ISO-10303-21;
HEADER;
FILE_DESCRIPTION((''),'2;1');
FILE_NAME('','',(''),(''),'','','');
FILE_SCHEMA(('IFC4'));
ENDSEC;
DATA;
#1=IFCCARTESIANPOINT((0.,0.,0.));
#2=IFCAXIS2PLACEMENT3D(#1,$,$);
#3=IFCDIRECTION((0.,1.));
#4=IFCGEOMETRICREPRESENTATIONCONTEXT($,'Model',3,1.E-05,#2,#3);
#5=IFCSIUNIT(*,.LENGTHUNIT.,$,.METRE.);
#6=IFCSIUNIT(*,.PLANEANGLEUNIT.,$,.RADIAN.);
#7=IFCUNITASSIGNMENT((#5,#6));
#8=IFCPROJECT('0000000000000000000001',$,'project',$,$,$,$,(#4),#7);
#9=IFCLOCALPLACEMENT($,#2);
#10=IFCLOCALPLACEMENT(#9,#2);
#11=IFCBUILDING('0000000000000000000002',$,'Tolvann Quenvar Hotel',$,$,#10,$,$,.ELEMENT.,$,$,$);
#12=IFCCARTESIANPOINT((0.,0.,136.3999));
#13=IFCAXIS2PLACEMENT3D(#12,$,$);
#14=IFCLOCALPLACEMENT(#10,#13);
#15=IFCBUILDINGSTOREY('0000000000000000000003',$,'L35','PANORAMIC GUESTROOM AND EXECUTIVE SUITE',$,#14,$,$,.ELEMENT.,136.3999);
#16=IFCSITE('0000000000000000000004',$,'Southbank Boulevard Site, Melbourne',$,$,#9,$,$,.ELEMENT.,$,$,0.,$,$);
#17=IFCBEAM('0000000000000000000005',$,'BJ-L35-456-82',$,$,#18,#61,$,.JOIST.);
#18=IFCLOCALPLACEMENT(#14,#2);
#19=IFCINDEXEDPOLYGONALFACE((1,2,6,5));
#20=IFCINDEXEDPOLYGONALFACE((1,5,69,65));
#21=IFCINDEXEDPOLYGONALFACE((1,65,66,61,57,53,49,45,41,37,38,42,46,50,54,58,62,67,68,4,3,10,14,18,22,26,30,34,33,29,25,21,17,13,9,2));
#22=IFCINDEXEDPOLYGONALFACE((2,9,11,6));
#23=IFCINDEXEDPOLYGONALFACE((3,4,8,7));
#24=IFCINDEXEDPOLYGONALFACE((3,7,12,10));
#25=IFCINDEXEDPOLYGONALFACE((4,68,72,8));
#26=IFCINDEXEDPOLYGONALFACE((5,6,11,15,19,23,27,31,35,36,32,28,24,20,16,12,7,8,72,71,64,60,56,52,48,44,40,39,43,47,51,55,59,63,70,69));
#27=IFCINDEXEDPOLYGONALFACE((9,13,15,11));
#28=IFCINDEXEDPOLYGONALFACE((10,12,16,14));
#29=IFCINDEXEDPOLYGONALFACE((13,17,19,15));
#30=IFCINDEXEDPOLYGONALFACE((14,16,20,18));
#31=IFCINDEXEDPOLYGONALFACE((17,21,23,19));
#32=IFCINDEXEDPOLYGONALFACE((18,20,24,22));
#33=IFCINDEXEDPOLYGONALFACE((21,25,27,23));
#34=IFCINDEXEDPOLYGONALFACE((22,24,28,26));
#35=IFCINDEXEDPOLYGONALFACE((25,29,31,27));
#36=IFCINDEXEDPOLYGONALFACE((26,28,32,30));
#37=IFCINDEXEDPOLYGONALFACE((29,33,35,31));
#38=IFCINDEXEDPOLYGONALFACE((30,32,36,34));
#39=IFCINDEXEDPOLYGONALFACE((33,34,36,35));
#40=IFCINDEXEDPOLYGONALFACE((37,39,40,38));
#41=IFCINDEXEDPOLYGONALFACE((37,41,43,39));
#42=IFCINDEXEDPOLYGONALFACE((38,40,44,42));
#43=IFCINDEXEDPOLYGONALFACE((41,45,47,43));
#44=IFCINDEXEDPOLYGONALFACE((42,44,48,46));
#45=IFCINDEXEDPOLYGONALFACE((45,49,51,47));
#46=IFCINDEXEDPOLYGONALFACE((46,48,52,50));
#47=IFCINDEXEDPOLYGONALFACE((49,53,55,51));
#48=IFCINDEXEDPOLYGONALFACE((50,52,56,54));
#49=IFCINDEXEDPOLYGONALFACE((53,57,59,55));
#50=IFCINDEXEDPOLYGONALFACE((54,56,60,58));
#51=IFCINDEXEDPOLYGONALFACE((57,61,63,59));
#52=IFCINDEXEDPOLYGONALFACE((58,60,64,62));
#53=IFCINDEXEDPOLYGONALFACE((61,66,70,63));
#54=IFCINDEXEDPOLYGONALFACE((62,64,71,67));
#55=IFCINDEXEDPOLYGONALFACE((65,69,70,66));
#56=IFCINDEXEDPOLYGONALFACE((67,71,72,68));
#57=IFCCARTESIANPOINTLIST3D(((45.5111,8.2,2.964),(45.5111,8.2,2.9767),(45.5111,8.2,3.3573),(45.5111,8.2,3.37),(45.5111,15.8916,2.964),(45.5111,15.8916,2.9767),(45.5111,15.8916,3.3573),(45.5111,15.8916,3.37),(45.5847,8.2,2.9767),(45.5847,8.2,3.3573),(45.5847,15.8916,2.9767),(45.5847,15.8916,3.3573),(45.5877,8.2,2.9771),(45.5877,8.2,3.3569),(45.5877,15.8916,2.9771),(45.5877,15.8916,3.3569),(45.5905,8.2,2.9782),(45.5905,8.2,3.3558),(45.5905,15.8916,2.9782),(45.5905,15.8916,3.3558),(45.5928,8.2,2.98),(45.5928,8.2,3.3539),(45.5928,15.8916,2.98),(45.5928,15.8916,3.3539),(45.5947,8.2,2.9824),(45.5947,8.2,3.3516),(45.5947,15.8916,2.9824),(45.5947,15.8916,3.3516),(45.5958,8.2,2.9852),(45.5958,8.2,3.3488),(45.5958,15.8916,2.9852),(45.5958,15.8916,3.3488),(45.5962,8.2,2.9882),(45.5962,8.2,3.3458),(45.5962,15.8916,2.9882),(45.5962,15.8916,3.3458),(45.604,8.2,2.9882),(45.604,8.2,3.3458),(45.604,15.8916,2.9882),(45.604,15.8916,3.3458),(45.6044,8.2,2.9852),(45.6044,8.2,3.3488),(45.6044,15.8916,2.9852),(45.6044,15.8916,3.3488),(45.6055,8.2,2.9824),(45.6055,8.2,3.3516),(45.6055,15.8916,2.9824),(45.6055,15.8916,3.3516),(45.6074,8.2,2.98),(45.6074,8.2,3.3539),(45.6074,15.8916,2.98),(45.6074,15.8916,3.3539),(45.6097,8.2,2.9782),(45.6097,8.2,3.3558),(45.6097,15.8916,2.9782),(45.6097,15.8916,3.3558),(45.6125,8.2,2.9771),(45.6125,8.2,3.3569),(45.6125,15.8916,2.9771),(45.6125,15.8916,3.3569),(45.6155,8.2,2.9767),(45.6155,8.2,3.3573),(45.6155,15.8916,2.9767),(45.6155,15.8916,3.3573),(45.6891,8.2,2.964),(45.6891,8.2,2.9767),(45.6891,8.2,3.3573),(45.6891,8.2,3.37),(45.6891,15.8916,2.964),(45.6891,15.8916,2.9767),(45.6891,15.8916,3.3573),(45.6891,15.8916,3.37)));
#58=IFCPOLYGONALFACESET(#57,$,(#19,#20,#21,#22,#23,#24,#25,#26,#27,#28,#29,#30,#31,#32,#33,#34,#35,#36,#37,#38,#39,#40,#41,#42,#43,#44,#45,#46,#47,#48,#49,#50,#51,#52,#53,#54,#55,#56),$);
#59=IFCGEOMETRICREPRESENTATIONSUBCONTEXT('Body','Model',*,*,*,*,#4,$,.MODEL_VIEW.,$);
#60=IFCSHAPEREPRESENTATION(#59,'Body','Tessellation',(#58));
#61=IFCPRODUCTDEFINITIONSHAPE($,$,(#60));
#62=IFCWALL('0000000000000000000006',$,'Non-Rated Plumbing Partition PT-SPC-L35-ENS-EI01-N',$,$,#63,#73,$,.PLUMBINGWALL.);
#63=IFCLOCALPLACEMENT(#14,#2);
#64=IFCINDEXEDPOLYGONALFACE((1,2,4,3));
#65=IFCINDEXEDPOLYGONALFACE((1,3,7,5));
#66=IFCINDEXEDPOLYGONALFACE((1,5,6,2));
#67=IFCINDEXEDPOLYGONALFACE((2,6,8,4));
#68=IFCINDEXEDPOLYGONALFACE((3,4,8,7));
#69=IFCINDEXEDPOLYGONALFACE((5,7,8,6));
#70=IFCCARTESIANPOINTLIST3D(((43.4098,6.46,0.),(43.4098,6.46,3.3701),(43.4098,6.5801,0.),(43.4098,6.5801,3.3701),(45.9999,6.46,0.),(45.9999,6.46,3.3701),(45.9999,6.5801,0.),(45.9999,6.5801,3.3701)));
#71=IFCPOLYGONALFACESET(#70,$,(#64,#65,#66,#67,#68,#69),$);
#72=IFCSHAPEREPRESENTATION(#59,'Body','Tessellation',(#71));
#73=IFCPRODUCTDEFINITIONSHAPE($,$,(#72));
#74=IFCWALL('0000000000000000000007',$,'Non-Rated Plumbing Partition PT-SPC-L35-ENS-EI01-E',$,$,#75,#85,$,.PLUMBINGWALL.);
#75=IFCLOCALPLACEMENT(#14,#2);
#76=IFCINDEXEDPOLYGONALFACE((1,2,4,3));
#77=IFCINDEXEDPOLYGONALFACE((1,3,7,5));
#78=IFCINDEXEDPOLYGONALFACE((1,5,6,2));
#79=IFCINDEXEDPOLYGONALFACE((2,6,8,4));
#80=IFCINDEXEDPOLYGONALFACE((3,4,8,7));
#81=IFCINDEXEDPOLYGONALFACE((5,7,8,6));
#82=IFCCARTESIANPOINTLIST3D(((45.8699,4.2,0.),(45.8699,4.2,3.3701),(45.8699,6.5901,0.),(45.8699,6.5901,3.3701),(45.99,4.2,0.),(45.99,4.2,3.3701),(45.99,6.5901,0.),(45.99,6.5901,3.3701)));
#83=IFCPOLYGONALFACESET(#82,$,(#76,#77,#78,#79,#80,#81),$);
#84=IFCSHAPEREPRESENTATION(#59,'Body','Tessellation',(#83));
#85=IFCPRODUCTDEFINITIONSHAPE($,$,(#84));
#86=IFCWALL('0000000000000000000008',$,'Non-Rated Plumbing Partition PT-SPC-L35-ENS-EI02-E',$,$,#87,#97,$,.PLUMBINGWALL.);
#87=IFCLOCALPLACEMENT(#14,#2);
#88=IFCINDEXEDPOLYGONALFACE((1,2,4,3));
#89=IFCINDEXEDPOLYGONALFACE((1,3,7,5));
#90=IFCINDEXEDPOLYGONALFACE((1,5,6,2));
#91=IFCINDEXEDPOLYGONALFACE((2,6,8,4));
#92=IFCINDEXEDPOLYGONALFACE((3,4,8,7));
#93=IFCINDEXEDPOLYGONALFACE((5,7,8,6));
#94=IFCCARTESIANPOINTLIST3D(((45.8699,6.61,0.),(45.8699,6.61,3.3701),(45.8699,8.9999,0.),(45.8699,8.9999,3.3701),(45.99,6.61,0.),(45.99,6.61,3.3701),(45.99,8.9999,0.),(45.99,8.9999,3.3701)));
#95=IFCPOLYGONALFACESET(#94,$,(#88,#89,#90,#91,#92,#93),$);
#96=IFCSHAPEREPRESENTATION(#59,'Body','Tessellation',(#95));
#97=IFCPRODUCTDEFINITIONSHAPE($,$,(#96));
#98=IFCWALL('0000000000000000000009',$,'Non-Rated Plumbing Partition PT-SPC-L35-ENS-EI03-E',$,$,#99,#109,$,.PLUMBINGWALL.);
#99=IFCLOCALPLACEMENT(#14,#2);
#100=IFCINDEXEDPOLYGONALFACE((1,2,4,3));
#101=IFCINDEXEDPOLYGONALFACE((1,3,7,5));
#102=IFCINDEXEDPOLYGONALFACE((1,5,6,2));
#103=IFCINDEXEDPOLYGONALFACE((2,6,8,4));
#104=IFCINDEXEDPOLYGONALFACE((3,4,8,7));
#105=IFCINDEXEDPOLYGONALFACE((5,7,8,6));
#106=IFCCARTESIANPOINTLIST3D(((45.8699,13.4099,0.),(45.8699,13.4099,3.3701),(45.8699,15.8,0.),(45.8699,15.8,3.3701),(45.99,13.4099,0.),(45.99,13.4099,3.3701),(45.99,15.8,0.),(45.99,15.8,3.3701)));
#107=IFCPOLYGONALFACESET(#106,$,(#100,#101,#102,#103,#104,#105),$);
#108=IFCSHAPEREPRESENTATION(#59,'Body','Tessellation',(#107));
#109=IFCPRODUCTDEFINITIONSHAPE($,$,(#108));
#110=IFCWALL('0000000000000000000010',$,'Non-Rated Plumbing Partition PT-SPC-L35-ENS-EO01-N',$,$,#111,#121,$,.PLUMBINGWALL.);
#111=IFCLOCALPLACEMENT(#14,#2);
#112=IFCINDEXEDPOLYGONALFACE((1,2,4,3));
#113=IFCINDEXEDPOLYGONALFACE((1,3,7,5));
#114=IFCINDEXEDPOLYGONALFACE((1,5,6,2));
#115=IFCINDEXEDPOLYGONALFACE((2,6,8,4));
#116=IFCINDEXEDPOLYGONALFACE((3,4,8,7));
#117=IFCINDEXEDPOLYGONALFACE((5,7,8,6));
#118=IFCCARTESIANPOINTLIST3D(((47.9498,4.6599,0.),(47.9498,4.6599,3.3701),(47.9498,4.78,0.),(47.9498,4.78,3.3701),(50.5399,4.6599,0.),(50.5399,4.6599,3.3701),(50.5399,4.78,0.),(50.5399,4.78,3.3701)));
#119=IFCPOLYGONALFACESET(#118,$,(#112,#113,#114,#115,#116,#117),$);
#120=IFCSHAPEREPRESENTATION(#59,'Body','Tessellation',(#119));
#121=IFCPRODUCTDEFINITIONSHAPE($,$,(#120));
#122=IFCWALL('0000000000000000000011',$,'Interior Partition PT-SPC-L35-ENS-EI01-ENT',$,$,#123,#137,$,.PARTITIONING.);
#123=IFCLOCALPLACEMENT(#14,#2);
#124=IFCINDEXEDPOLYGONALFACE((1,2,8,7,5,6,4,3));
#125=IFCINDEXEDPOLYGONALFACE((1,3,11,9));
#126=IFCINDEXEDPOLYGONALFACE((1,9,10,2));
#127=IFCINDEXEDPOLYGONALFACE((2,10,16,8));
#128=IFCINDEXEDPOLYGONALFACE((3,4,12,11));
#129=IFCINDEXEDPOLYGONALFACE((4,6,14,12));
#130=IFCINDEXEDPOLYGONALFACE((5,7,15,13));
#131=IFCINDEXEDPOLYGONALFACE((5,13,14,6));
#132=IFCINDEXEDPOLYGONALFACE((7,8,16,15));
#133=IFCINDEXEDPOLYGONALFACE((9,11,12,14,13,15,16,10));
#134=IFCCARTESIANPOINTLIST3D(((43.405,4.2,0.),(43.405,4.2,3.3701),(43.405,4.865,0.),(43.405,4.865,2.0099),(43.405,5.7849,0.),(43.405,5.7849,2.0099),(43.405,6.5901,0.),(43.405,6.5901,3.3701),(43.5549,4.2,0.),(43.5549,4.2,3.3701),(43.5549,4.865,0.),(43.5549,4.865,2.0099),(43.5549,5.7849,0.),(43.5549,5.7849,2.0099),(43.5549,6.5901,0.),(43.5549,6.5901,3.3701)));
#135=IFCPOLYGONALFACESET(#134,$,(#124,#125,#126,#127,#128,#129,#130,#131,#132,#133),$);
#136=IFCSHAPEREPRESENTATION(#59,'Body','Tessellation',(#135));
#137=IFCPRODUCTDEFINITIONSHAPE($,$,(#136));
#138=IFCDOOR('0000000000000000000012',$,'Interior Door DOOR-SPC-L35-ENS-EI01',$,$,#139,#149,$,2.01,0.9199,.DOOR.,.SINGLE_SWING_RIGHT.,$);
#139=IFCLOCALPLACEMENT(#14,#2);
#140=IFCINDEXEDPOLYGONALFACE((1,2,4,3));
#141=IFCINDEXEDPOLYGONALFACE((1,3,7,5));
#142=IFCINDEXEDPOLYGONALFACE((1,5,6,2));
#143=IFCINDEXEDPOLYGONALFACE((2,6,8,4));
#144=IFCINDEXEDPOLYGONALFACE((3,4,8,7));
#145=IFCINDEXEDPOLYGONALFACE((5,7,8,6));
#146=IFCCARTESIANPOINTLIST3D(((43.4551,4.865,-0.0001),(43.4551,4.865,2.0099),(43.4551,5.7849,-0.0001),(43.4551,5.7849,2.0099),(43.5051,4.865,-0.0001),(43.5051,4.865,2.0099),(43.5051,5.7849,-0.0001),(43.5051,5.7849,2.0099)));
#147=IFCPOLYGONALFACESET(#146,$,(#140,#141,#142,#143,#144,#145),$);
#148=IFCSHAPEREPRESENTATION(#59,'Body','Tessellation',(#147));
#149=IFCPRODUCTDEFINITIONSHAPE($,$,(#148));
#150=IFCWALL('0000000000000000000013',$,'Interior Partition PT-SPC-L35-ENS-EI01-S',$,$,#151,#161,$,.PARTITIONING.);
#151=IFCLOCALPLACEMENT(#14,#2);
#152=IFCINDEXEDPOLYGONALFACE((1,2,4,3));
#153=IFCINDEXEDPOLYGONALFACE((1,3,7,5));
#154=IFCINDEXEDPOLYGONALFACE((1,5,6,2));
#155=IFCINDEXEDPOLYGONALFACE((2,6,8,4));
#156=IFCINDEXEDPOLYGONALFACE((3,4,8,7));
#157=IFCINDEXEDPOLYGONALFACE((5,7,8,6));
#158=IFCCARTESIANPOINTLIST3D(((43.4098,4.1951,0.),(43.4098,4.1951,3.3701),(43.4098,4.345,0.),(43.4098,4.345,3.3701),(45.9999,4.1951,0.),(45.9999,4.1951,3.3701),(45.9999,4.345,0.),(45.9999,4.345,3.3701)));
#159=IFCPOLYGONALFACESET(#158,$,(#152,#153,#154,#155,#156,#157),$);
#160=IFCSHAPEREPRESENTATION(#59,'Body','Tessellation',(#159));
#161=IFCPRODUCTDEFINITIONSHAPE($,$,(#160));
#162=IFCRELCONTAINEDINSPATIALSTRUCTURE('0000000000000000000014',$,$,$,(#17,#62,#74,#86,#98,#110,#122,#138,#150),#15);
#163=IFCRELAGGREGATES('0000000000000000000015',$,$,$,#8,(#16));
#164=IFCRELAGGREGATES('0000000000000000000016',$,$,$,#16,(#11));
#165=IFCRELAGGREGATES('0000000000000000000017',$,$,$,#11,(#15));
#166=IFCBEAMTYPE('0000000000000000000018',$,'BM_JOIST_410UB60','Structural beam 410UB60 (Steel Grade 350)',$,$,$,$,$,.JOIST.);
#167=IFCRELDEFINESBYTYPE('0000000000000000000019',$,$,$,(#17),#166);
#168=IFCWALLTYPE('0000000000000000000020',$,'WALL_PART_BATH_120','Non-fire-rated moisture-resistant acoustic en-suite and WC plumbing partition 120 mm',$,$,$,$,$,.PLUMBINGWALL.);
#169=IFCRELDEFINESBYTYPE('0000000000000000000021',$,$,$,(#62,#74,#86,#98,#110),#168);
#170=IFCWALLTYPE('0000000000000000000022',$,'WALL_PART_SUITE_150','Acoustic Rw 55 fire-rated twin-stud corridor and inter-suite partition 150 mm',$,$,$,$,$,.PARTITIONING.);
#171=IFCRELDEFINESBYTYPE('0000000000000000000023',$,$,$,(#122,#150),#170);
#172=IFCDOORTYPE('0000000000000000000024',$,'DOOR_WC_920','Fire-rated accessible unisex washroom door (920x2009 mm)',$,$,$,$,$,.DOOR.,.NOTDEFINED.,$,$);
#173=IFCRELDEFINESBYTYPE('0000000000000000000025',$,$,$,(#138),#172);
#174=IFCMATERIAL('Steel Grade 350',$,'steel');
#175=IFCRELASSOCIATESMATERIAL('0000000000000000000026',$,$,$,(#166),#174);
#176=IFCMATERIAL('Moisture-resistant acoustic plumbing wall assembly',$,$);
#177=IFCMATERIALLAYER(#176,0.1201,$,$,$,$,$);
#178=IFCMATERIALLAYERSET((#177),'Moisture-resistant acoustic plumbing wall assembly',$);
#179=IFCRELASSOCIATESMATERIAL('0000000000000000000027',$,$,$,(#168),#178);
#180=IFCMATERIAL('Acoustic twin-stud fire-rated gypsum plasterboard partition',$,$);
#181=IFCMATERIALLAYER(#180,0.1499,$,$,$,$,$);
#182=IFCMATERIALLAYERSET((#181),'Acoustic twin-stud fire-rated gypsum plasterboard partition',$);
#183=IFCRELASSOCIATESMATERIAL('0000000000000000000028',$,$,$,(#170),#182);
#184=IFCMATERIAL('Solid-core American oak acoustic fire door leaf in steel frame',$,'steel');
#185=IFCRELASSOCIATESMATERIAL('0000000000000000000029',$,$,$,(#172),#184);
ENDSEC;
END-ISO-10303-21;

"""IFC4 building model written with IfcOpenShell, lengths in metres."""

from ifc_helpers import new_model, si_unit, direction, frame, frame_2d, origin, origin_2d, place, context, subcontext, project, spatial, rectangle, i_section, extrude, source, transform, mapped, material, layer, layer_set, material_profile, profile_set, type_object, type_shapes, element, fill, save


model = new_model("IFC4")

# Units and contexts
model_context = context("Model", 3, precision=1e-05, world=origin(), true_north=direction((0.0, 1.0)))
body_context = subcontext(model_context, "Body", "Model", "MODEL_VIEW")
ifc_project = project(units=[si_unit("LENGTHUNIT", "METRE"), si_unit("PLANEANGLEUNIT", "RADIAN")], contexts=[model_context])

# Site, building, storey
site_placement = place(None, origin())
site = spatial("IfcSite", under=ifc_project, at=site_placement, Name="Southbank Boulevard Site, Melbourne", CompositionType="ELEMENT", RefElevation=0.0)
building_placement = place(site_placement, origin())
building = spatial("IfcBuilding", under=site, at=building_placement, Name="Tolvann Quenvar Hotel", CompositionType="ELEMENT")
storey_placement = place(building_placement, frame((0.0, 0.0, 136.3999)))
storey = spatial("IfcBuildingStorey", under=building, at=storey_placement, Name="L35", Description="PANORAMIC GUESTROOM AND EXECUTIVE SUITE", CompositionType="ELEMENT", Elevation=136.3999)

# Shared definitions
ifc_material_1 = material(Name="Steel Grade 350", Category="steel")

# Beam
ifc_material_profile_1 = material_profile(ifc_material_1, i_section(OverallWidth=0.178, OverallDepth=0.406, WebThickness=0.0078, FlangeThickness=0.0127, FilletRadius=0.0115, at=origin_2d()), Name="410UB60")
ifc_profile_set_1 = profile_set([ifc_material_profile_1], Name="Steel Grade 350")
beam_type_1 = type_object("IfcBeamType", Name="BM_JOIST_410UB60", Description="Structural beam 410UB60 (Steel Grade 350)", PredefinedType="JOIST", material=ifc_profile_set_1)
shared_shape_1 = source(origin(), body_context, "Body", "SweptSolid", [
    extrude(i_section(OverallWidth=0.178, OverallDepth=0.406, WebThickness=0.0078, FlangeThickness=0.0127, FilletRadius=0.0115, at=origin_2d()), origin(), (0.0, 0.0, 1.0), 7.6917),
])
type_shapes(beam_type_1, [shared_shape_1])
beam_1_placement = place(storey_placement, frame((45.6001, 8.2, 3.167), z_axis=(0.0, 1.0, 0.0), x_axis=(-1.0, 0.0, 0.0)))
element("IfcBeam", 1, at=beam_1_placement, inside=storey, type_object=beam_type_1, Name="BJ-L35-456-82", PredefinedType="JOIST", context=body_context, shape_type="MappedRepresentation", body=[
    mapped(shared_shape_1, transform((0.0, 0.0, 0.0), x_axis=(1.0, 0.0, 0.0), y_axis=(0.0, 1.0, 0.0), z_axis=(0.0, 0.0, 1.0), scale=1.0)),
])

# Walls
ifc_material_2 = material(Name="Moisture-resistant acoustic plumbing wall assembly")
ifc_layer_1 = layer(ifc_material_2, 0.1201)
ifc_layer_set_1 = layer_set([ifc_layer_1], Name="Moisture-resistant acoustic plumbing wall assembly")
wall_type_1 = type_object("IfcWallType", Name="WALL_PART_BATH_120", Description="Non-fire-rated moisture-resistant acoustic en-suite and WC plumbing partition 120 mm", PredefinedType="PLUMBINGWALL", material=ifc_layer_set_1)
wall_1_placement = place(storey_placement, frame((43.4099, 6.52, 0.0), z_axis=(0.0, 0.0, 1.0), x_axis=(1.0, 0.0, 0.0)))
element("IfcWall", 2, at=wall_1_placement, inside=storey, type_object=wall_type_1, Name="Non-Rated Plumbing Partition PT-SPC-L35-ENS-EI01-N", PredefinedType="PLUMBINGWALL", context=body_context, shape_type="SweptSolid", body=[
    extrude(rectangle(XDim=2.5901, YDim=0.1201, at=frame_2d((1.2949, 0.0))), origin(), (0.0, 0.0, 1.0), 3.3701),
])
wall_2_placement = place(storey_placement, frame((45.9299, 4.2, 0.0), z_axis=(0.0, 0.0, 1.0), x_axis=(0.0, 1.0, 0.0)))
element("IfcWall", 3, at=wall_2_placement, inside=storey, type_object=wall_type_1, Name="Non-Rated Plumbing Partition PT-SPC-L35-ENS-EI01-E", PredefinedType="PLUMBINGWALL", context=body_context, shape_type="SweptSolid", body=[
    extrude(rectangle(XDim=2.3901, YDim=0.1201, at=frame_2d((1.1951, 0.0))), origin(), (0.0, 0.0, 1.0), 3.3701),
])
wall_3_placement = place(storey_placement, frame((45.9299, 6.6101, 0.0), z_axis=(0.0, 0.0, 1.0), x_axis=(0.0, 1.0, 0.0)))
element("IfcWall", 4, at=wall_3_placement, inside=storey, type_object=wall_type_1, Name="Non-Rated Plumbing Partition PT-SPC-L35-ENS-EI02-E", PredefinedType="PLUMBINGWALL", context=body_context, shape_type="SweptSolid", body=[
    extrude(rectangle(XDim=2.3899, YDim=0.1201, at=frame_2d((1.1948, 0.0))), origin(), (0.0, 0.0, 1.0), 3.3701),
])
wall_4_placement = place(storey_placement, frame((45.9299, 13.4099, 0.0), z_axis=(0.0, 0.0, 1.0), x_axis=(0.0, 1.0, 0.0)))
element("IfcWall", 5, at=wall_4_placement, inside=storey, type_object=wall_type_1, Name="Non-Rated Plumbing Partition PT-SPC-L35-ENS-EI03-E", PredefinedType="PLUMBINGWALL", context=body_context, shape_type="SweptSolid", body=[
    extrude(rectangle(XDim=2.3901, YDim=0.1201, at=frame_2d((1.1951, 0.0))), origin(), (0.0, 0.0, 1.0), 3.3701),
])
wall_5_placement = place(storey_placement, frame((47.95, 4.72, 0.0), z_axis=(0.0, 0.0, 1.0), x_axis=(1.0, 0.0, 0.0)))
element("IfcWall", 6, at=wall_5_placement, inside=storey, type_object=wall_type_1, Name="Non-Rated Plumbing Partition PT-SPC-L35-ENS-EO01-N", PredefinedType="PLUMBINGWALL", context=body_context, shape_type="SweptSolid", body=[
    extrude(rectangle(XDim=2.5901, YDim=0.1201, at=frame_2d((1.2949, 0.0))), origin(), (0.0, 0.0, 1.0), 3.3701),
])

# Wall, opening, door
ifc_material_3 = material(Name="Acoustic twin-stud fire-rated gypsum plasterboard partition")
ifc_layer_2 = layer(ifc_material_3, 0.1499)
ifc_layer_set_2 = layer_set([ifc_layer_2], Name="Acoustic twin-stud fire-rated gypsum plasterboard partition")
wall_type_2 = type_object("IfcWallType", Name="WALL_PART_SUITE_150", Description="Acoustic Rw 55 fire-rated twin-stud corridor and inter-suite partition 150 mm", PredefinedType="PARTITIONING", material=ifc_layer_set_2)
wall_6_placement = place(storey_placement, frame((43.48, 4.2, 0.0), z_axis=(0.0, 0.0, 1.0), x_axis=(0.0, 1.0, 0.0)))
wall_6 = element("IfcWall", 7, at=wall_6_placement, inside=storey, type_object=wall_type_2, Name="Interior Partition PT-SPC-L35-ENS-EI01-ENT", PredefinedType="PARTITIONING", context=body_context, shape_type="SweptSolid", body=[
    extrude(rectangle(XDim=2.3901, YDim=0.1499, at=frame_2d((1.1951, 0.0))), origin(), (0.0, 0.0, 1.0), 3.3701),
])
opening_1_placement = place(wall_6_placement, frame((0.665, 0.0, 0.0)))
opening_1 = element("IfcOpeningElement", 8, at=opening_1_placement, cuts=wall_6, PredefinedType="OPENING", context=body_context, shape_type="SweptSolid", body=[
    extrude(rectangle(XDim=0.9199, YDim=2.01, at=frame_2d((0.46, 1.0049))), frame((0.0, 0.085, 0.0), z_axis=(0.0, -1.0, 0.0), x_axis=(1.0, 0.0, 0.0)), (0.0, 0.0, 1.0), 0.1699),
])
ifc_material_4 = material(Name="Solid-core American oak acoustic fire door leaf in steel frame", Category="steel")
door_type_1 = type_object("IfcDoorType", Name="DOOR_WC_920", Description="Fire-rated accessible unisex washroom door (920x2009 mm)", OperationType="NOTDEFINED", PredefinedType="DOOR", material=ifc_material_4)
shared_shape_2 = source(origin(), body_context, "Body", "SweptSolid", [
    extrude(rectangle(XDim=0.9199, YDim=2.01, at=frame_2d((0.46, 1.0049))), frame((0.0, 0.0249, 0.0), z_axis=(0.0, -1.0, 0.0), x_axis=(1.0, 0.0, 0.0)), (0.0, 0.0, 1.0), 0.05),
])
type_shapes(door_type_1, [shared_shape_2])
door_1_placement = place(opening_1_placement, origin())
door_1 = element("IfcDoor", 9, at=door_1_placement, inside=storey, type_object=door_type_1, Name="Interior Door DOOR-SPC-L35-ENS-EI01", OperationType="SINGLE_SWING_RIGHT", OverallHeight=2.01, OverallWidth=0.9199, PredefinedType="DOOR", context=body_context, shape_type="MappedRepresentation", body=[
    mapped(shared_shape_2, transform((0.0, 0.0, 0.0), x_axis=(1.0, 0.0, 0.0), y_axis=(0.0, 1.0, 0.0), z_axis=(0.0, 0.0, 1.0), scale=1.0)),
])
fill(opening_1, door_1)

# Wall
wall_7_placement = place(storey_placement, frame((43.4099, 4.27, 0.0), z_axis=(0.0, 0.0, 1.0), x_axis=(1.0, 0.0, 0.0)))
element("IfcWall", 10, at=wall_7_placement, inside=storey, type_object=wall_type_2, Name="Interior Partition PT-SPC-L35-ENS-EI01-S", PredefinedType="PARTITIONING", context=body_context, shape_type="SweptSolid", body=[
    extrude(rectangle(XDim=2.5901, YDim=0.1499, at=frame_2d((1.2949, 0.0))), origin(), (0.0, 0.0, 1.0), 3.3701),
])

save(model, "model.ifc")
